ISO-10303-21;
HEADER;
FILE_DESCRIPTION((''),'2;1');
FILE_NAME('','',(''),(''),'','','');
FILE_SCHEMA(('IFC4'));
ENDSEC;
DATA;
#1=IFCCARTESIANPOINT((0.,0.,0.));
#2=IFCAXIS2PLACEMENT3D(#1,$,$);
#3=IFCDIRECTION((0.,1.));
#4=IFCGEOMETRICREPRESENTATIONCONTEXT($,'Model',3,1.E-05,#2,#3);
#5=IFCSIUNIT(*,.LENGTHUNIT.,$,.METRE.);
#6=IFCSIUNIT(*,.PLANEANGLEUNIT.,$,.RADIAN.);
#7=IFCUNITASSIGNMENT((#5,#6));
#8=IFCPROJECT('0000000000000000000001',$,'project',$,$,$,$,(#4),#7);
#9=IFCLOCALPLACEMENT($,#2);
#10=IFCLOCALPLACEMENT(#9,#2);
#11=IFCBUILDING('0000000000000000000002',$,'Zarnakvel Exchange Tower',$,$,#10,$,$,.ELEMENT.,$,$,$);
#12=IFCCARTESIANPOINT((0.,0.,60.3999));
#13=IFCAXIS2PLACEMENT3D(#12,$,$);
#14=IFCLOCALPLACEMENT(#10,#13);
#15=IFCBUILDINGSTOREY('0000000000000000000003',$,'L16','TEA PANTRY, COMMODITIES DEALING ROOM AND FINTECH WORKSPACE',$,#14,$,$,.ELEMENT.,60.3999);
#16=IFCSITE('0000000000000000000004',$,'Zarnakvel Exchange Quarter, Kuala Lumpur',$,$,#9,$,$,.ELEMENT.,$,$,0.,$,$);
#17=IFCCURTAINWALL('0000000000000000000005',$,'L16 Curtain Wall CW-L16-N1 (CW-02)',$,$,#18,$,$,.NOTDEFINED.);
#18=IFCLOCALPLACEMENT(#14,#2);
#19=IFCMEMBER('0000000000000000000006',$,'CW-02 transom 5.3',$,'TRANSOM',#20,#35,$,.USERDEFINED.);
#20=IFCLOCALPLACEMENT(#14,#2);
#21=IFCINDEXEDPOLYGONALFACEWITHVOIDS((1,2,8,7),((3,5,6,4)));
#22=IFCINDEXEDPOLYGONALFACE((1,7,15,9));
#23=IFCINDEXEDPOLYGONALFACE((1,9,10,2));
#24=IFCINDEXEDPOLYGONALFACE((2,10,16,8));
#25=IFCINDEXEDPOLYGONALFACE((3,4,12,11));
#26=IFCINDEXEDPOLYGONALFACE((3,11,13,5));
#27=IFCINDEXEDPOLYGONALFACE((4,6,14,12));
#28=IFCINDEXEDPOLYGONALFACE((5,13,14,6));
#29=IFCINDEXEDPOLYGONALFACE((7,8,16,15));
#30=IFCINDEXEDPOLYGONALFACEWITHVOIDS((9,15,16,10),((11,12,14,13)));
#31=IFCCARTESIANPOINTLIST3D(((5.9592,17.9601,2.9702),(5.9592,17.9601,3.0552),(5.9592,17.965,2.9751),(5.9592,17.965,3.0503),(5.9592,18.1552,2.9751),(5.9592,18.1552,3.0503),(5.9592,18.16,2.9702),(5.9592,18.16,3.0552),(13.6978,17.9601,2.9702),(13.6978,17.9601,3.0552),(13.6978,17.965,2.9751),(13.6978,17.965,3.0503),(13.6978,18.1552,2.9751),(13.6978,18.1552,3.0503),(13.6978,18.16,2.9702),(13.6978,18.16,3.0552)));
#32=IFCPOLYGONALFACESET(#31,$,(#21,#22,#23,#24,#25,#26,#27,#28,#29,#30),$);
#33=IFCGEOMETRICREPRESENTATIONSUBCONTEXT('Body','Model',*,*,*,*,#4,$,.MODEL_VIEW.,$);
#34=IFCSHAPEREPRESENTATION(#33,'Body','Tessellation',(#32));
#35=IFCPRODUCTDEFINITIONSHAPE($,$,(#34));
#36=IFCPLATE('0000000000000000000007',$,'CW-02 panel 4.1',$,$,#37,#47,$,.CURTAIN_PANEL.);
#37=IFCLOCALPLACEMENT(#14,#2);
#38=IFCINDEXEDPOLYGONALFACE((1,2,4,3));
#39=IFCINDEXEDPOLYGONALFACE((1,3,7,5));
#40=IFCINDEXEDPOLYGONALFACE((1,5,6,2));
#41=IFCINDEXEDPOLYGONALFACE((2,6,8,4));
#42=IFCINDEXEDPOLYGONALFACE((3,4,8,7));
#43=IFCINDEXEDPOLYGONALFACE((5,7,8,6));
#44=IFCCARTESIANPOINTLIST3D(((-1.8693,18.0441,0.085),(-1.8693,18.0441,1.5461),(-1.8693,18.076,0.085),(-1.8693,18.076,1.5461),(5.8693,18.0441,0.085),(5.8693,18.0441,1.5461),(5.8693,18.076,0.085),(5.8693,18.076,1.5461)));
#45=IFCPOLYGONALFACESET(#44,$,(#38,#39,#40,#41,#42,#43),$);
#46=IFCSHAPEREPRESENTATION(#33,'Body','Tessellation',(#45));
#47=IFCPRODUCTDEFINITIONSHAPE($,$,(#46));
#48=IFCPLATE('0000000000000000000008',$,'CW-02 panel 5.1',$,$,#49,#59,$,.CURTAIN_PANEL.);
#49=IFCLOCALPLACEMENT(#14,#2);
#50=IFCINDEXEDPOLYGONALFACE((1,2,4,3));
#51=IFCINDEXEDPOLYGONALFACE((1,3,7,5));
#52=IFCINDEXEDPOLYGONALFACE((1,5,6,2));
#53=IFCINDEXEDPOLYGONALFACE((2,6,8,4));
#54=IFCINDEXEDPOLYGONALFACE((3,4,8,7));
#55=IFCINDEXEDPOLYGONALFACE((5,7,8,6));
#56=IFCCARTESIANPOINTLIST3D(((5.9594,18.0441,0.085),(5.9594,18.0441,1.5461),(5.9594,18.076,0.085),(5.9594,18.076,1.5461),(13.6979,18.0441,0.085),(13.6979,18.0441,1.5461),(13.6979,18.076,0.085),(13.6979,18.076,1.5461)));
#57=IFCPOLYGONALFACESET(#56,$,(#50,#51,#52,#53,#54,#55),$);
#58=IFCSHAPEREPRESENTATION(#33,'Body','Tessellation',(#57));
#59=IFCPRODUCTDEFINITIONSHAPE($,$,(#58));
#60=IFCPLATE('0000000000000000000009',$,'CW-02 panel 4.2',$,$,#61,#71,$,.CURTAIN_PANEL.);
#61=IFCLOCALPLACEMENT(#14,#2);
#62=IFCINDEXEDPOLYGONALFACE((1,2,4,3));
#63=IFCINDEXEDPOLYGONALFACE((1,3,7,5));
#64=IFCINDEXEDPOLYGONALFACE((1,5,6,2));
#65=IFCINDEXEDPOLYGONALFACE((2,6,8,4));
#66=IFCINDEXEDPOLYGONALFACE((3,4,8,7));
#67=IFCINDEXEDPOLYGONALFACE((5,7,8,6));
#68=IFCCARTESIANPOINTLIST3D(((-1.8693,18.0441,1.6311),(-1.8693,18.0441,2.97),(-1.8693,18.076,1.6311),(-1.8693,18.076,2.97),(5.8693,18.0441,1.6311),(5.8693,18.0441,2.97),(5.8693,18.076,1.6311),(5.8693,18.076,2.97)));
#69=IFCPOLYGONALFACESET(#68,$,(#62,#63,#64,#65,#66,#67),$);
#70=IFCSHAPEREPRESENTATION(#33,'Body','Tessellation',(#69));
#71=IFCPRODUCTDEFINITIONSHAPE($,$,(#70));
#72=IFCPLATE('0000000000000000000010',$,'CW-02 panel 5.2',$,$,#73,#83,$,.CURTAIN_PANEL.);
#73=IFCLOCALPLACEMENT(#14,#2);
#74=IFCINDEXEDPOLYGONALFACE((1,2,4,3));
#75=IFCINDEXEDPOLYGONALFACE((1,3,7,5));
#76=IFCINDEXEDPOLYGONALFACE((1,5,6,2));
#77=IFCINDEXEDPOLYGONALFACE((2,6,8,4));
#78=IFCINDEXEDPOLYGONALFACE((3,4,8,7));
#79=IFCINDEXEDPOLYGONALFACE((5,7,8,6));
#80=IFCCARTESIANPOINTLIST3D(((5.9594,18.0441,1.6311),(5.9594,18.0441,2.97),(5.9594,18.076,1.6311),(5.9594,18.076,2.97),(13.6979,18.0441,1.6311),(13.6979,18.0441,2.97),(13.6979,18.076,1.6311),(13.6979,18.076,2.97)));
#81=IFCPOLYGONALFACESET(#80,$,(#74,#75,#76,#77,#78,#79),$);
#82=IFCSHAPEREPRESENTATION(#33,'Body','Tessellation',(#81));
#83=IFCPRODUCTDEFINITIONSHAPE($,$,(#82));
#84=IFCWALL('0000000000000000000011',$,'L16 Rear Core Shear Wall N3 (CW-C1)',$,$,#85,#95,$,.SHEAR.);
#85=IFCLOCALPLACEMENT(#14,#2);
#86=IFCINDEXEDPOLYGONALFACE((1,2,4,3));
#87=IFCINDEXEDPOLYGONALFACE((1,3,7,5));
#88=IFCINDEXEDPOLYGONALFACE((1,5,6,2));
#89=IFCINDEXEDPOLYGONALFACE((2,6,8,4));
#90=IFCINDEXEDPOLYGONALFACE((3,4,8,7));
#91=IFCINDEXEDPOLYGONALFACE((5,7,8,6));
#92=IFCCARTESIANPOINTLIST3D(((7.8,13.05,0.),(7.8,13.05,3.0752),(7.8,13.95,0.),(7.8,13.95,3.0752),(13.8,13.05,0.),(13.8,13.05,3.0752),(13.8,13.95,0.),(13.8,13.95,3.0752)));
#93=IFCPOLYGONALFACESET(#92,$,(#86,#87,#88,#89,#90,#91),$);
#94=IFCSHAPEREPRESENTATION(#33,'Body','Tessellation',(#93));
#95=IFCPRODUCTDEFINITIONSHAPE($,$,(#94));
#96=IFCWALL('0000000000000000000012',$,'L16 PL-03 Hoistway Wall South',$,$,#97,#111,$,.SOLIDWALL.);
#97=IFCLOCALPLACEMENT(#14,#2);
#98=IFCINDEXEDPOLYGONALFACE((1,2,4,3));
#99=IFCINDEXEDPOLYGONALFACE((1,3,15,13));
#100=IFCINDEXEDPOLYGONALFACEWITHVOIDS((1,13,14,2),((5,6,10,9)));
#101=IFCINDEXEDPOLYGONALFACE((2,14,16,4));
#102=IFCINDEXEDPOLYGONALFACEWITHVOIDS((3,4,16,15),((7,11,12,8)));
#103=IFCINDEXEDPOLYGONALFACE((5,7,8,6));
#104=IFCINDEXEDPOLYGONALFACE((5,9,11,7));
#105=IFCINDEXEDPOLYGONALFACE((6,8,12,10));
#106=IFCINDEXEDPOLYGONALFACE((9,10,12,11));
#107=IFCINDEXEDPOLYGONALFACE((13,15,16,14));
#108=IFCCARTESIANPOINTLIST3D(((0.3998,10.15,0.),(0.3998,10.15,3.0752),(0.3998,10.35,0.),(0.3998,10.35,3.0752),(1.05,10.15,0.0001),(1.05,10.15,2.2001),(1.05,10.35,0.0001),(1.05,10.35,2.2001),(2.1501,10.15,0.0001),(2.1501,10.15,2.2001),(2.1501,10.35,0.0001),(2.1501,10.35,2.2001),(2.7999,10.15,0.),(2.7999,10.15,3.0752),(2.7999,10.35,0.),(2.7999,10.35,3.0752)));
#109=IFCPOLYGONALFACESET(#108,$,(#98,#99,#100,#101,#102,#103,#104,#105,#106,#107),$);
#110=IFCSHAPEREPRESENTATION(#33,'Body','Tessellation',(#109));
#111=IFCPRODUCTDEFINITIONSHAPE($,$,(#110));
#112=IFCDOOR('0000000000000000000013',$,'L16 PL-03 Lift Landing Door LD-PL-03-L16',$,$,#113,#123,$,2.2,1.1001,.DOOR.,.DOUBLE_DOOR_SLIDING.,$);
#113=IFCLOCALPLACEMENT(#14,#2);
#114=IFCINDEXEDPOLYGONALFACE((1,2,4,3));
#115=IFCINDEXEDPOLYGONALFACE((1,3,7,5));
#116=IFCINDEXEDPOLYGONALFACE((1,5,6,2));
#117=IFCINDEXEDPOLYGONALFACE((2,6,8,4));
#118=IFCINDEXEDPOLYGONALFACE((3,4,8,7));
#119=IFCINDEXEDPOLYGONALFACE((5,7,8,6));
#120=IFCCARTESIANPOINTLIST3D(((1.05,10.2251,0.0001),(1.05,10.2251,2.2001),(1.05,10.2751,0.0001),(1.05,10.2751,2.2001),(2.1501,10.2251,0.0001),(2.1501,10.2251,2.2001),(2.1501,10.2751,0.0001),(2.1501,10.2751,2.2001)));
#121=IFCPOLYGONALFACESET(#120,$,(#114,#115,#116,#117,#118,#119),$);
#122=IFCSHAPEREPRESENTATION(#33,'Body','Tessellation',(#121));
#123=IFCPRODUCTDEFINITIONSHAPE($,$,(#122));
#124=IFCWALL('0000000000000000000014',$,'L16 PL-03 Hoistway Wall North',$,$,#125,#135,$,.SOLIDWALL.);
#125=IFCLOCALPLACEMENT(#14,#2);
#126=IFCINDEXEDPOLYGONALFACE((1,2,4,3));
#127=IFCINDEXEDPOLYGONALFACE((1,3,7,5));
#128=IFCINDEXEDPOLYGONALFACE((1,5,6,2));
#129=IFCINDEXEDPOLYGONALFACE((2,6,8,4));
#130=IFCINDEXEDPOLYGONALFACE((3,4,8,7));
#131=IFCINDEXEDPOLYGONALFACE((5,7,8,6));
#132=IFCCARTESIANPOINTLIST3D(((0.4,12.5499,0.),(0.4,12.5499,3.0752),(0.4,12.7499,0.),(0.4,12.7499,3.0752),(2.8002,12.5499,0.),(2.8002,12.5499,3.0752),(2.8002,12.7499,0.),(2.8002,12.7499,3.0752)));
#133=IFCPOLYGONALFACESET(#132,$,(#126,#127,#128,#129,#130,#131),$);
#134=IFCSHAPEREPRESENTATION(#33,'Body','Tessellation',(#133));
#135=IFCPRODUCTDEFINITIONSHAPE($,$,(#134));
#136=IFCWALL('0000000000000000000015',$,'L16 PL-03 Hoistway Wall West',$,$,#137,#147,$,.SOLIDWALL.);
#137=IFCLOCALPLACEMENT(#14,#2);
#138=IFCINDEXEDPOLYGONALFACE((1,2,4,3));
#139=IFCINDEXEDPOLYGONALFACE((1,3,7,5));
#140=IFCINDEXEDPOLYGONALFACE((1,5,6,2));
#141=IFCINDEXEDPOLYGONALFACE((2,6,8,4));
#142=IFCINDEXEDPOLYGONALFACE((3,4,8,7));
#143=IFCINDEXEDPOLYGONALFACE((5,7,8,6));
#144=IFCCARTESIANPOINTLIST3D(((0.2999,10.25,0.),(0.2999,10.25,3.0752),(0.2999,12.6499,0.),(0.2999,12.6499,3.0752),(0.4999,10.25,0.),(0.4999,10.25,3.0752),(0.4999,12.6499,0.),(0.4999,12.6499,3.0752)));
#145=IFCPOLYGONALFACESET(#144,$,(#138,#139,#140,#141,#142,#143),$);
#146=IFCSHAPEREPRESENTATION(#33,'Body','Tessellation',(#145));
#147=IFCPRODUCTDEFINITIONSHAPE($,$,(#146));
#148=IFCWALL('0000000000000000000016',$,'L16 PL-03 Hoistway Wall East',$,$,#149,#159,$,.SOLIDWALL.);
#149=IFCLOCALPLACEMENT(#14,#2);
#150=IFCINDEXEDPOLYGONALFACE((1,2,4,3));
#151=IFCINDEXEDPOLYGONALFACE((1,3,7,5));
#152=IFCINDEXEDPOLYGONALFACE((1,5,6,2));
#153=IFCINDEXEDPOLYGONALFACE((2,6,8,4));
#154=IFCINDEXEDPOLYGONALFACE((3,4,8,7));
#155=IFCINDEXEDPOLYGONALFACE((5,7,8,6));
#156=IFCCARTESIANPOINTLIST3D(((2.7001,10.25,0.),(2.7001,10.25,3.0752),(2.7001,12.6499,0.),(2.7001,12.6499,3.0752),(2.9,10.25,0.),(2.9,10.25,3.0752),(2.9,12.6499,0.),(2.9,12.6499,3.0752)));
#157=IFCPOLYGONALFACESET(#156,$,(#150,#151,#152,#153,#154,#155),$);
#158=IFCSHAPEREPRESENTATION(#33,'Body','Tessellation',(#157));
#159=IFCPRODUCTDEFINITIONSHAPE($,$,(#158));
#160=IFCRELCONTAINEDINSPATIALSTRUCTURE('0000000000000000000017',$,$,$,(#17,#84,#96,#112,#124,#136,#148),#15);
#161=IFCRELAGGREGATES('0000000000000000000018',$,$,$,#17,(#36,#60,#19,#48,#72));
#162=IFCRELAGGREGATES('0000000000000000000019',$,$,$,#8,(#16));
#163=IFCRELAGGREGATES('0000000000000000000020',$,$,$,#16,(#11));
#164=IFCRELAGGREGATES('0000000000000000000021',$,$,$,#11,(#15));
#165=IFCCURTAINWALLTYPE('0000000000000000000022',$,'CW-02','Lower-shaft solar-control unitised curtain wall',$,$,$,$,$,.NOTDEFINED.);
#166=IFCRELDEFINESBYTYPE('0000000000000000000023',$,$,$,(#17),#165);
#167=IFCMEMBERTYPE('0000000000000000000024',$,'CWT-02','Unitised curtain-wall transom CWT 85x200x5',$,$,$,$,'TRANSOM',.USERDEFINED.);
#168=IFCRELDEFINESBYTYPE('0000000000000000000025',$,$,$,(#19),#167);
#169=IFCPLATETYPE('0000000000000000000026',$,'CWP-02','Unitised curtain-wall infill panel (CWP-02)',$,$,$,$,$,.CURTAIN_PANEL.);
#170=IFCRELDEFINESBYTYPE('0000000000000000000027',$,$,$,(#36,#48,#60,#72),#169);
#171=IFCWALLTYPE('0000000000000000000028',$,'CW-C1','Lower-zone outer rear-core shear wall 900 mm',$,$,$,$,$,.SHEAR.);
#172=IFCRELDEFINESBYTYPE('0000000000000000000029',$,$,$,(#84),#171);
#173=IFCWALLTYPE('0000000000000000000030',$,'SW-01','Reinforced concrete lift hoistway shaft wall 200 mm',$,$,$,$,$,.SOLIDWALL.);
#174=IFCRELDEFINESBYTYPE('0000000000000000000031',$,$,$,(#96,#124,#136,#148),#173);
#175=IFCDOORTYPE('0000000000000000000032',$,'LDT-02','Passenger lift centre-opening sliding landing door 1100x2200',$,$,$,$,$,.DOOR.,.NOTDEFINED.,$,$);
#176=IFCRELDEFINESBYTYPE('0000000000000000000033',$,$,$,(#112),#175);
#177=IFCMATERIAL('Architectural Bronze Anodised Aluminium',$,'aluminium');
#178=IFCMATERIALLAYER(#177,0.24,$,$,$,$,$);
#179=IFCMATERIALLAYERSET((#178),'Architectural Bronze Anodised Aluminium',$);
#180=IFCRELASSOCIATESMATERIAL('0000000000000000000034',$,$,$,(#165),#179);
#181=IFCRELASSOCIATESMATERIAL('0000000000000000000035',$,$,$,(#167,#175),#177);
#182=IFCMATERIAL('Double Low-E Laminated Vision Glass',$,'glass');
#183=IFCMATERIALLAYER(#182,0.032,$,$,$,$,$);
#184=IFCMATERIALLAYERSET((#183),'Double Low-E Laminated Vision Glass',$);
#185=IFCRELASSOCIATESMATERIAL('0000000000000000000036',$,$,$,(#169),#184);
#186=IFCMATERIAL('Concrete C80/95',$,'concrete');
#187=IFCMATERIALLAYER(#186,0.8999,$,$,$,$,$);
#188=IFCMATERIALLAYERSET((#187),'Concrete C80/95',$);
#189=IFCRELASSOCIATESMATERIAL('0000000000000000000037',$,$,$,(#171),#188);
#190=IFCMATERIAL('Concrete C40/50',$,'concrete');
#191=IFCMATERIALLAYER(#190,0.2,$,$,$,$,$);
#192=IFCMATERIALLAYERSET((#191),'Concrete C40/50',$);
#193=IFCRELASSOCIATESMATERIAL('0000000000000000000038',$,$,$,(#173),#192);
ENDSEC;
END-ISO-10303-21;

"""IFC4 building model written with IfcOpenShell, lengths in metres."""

from ifc_helpers import new_model, si_unit, direction, frame, frame_2d, origin, origin_2d, place, context, subcontext, project, spatial, rectangle, hollow_rectangle, extrude, source, transform, mapped, material, layer, layer_set, material_profile, profile_set, type_object, element, fill, aggregate, save


model = new_model("IFC4")

# Units and contexts
model_context = context("Model", 3, precision=1e-05, world=origin(), true_north=direction((0.0, 1.0)))
body_context = subcontext(model_context, "Body", "Model", "MODEL_VIEW")
ifc_project = project(units=[si_unit("LENGTHUNIT", "METRE"), si_unit("PLANEANGLEUNIT", "RADIAN")], contexts=[model_context])

# Site, building, storey
site_placement = place(None, origin())
site = spatial("IfcSite", under=ifc_project, at=site_placement, Name="Zarnakvel Exchange Quarter, Kuala Lumpur", CompositionType="ELEMENT", RefElevation=0.0)
building_placement = place(site_placement, origin())
building = spatial("IfcBuilding", under=site, at=building_placement, Name="Zarnakvel Exchange Tower", CompositionType="ELEMENT")
storey_placement = place(building_placement, frame((0.0, 0.0, 60.3999)))
storey = spatial("IfcBuildingStorey", under=building, at=storey_placement, Name="L16", Description="TEA PANTRY, COMMODITIES DEALING ROOM AND FINTECH WORKSPACE", CompositionType="ELEMENT", Elevation=60.3999)

# Shared definitions
ifc_material_1 = material(Name="Concrete C80/95", Category="concrete")

# Curtain wall, member, plates
ifc_material_2 = material(Name="Architectural Bronze Anodised Aluminium", Category="aluminium")
ifc_layer_1 = layer(ifc_material_2, 0.24)
ifc_layer_set_1 = layer_set([ifc_layer_1], Name="Architectural Bronze Anodised Aluminium")
curtain_wall_type = type_object("IfcCurtainWallType", Name="CW-02", Description="Lower-shaft solar-control unitised curtain wall", PredefinedType="NOTDEFINED", material=ifc_layer_set_1)
curtain_wall_placement = place(storey_placement, origin())
curtain_wall = element("IfcCurtainWall", 1, at=curtain_wall_placement, inside=storey, type_object=curtain_wall_type, Name="L16 Curtain Wall CW-L16-N1 (CW-02)", PredefinedType="NOTDEFINED")
ifc_material_profile_1 = material_profile(ifc_material_2, hollow_rectangle(XDim=0.2, YDim=0.085, WallThickness=0.0049, at=origin_2d()))
ifc_profile_set_1 = profile_set([ifc_material_profile_1], Name="Architectural Bronze Anodised Aluminium")
member_type_1 = type_object("IfcMemberType", Name="CWT-02", Description="Unitised curtain-wall transom CWT 85x200x5", ElementType="TRANSOM", PredefinedType="USERDEFINED", material=ifc_profile_set_1)
shared_shape_1 = source(origin(), body_context, "Body", "SweptSolid", [
    extrude(hollow_rectangle(XDim=0.2, YDim=0.085, WallThickness=0.0049, at=origin_2d()), origin(), (0.0, 0.0, 1.0), 7.7385),
])
member_1_placement = place(storey_placement, frame((5.9592, 18.0601, 3.0127), z_axis=(1.0, 0.0, 0.0), x_axis=(0.0, 1.0, 0.0)))
member_1 = element("IfcMember", 2, at=member_1_placement, type_object=member_type_1, Name="CW-02 transom 5.3", ObjectType="TRANSOM", PredefinedType="USERDEFINED", context=body_context, shape_type="MappedRepresentation", body=[
    mapped(shared_shape_1, transform((0.0, 0.0, 0.0), x_axis=(1.0, 0.0, 0.0), y_axis=(0.0, 1.0, 0.0), z_axis=(0.0, 0.0, 1.0), scale=1.0)),
])
ifc_material_3 = material(Name="Double Low-E Laminated Vision Glass", Category="glass")
ifc_layer_2 = layer(ifc_material_3, 0.032)
ifc_layer_set_2 = layer_set([ifc_layer_2], Name="Double Low-E Laminated Vision Glass")
plate_type = type_object("IfcPlateType", Name="CWP-02", Description="Unitised curtain-wall infill panel (CWP-02)", PredefinedType="CURTAIN_PANEL", material=ifc_layer_set_2)
shared_shape_2 = source(origin(), body_context, "Body", "SweptSolid", [
    extrude(rectangle(XDim=7.7385, YDim=0.032, at=origin_2d()), origin(), (0.0, 0.0, 1.0), 1.4612),
])
plate_1_placement = place(storey_placement, frame((2.0, 18.0601, 0.085), z_axis=(0.0, 0.0, 1.0), x_axis=(1.0, 0.0, 0.0)))
plate_1 = element("IfcPlate", 3, at=plate_1_placement, type_object=plate_type, Name="CW-02 panel 4.1", PredefinedType="CURTAIN_PANEL", context=body_context, shape_type="MappedRepresentation", body=[
    mapped(shared_shape_2, transform((0.0, 0.0, 0.0), x_axis=(1.0, 0.0, 0.0), y_axis=(0.0, 1.0, 0.0), z_axis=(0.0, 0.0, 1.0), scale=1.0)),
])
plate_2_placement = place(storey_placement, frame((9.8286, 18.0601, 0.085), z_axis=(0.0, 0.0, 1.0), x_axis=(1.0, 0.0, 0.0)))
plate_2 = element("IfcPlate", 4, at=plate_2_placement, type_object=plate_type, Name="CW-02 panel 5.1", PredefinedType="CURTAIN_PANEL", context=body_context, shape_type="MappedRepresentation", body=[
    mapped(shared_shape_2, transform((0.0, 0.0, 0.0), x_axis=(1.0, 0.0, 0.0), y_axis=(0.0, 1.0, 0.0), z_axis=(0.0, 0.0, 1.0), scale=1.0)),
])
shared_shape_3 = source(origin(), body_context, "Body", "SweptSolid", [
    extrude(rectangle(XDim=7.7385, YDim=0.032, at=origin_2d()), origin(), (0.0, 0.0, 1.0), 1.3389),
])
plate_3_placement = place(storey_placement, frame((2.0, 18.0601, 1.6311), z_axis=(0.0, 0.0, 1.0), x_axis=(1.0, 0.0, 0.0)))
plate_3 = element("IfcPlate", 5, at=plate_3_placement, type_object=plate_type, Name="CW-02 panel 4.2", PredefinedType="CURTAIN_PANEL", context=body_context, shape_type="MappedRepresentation", body=[
    mapped(shared_shape_3, transform((0.0, 0.0, 0.0), x_axis=(1.0, 0.0, 0.0), y_axis=(0.0, 1.0, 0.0), z_axis=(0.0, 0.0, 1.0), scale=1.0)),
])
plate_4_placement = place(storey_placement, frame((9.8286, 18.0601, 1.6311), z_axis=(0.0, 0.0, 1.0), x_axis=(1.0, 0.0, 0.0)))
plate_4 = element("IfcPlate", 6, at=plate_4_placement, type_object=plate_type, Name="CW-02 panel 5.2", PredefinedType="CURTAIN_PANEL", context=body_context, shape_type="MappedRepresentation", body=[
    mapped(shared_shape_3, transform((0.0, 0.0, 0.0), x_axis=(1.0, 0.0, 0.0), y_axis=(0.0, 1.0, 0.0), z_axis=(0.0, 0.0, 1.0), scale=1.0)),
])
aggregate(curtain_wall, [plate_1, plate_3, member_1, plate_2, plate_4])

# Wall
ifc_layer_3 = layer(ifc_material_1, 0.8999)
ifc_layer_set_3 = layer_set([ifc_layer_3], Name="Concrete C80/95")
wall_type_1 = type_object("IfcWallType", Name="CW-C1", Description="Lower-zone outer rear-core shear wall 900 mm", PredefinedType="SHEAR", material=ifc_layer_set_3)
wall_1_placement = place(storey_placement, frame((7.8, 13.5, 0.0), z_axis=(0.0, 0.0, 1.0), x_axis=(1.0, 0.0, 0.0)))
element("IfcWall", 7, at=wall_1_placement, inside=storey, type_object=wall_type_1, Name="L16 Rear Core Shear Wall N3 (CW-C1)", PredefinedType="SHEAR", context=body_context, shape_type="SweptSolid", body=[
    extrude(rectangle(XDim=6.0, YDim=0.8999, at=frame_2d((3.0, 0.0))), origin(), (0.0, 0.0, 1.0), 3.0752),
])

# Wall, opening, door
ifc_material_4 = material(Name="Concrete C40/50", Category="concrete")
ifc_layer_4 = layer(ifc_material_4, 0.2)
ifc_layer_set_4 = layer_set([ifc_layer_4], Name="Concrete C40/50")
wall_type_2 = type_object("IfcWallType", Name="SW-01", Description="Reinforced concrete lift hoistway shaft wall 200 mm", PredefinedType="SOLIDWALL", material=ifc_layer_set_4)
wall_2_placement = place(storey_placement, frame((2.8, 10.25, 0.0), z_axis=(0.0, 0.0, 1.0), x_axis=(-1.0, 0.0, 0.0)))
wall_2 = element("IfcWall", 8, at=wall_2_placement, inside=storey, type_object=wall_type_2, Name="L16 PL-03 Hoistway Wall South", PredefinedType="SOLIDWALL", context=body_context, shape_type="SweptSolid", body=[
    extrude(rectangle(XDim=2.4001, YDim=0.2, at=frame_2d((1.2002, 0.0))), origin(), (0.0, 0.0, 1.0), 3.0752),
])
opening_1_placement = place(wall_2_placement, frame((0.6499, 0.0, 0.0)))
opening_1 = element("IfcOpeningElement", 9, at=opening_1_placement, cuts=wall_2, PredefinedType="OPENING", context=body_context, shape_type="SweptSolid", body=[
    extrude(rectangle(XDim=1.1001, YDim=2.2, at=frame_2d((0.55, 1.1001))), frame((0.0, 0.1099, 0.0), z_axis=(0.0, -1.0, 0.0), x_axis=(1.0, 0.0, 0.0)), (0.0, 0.0, 1.0), 0.22),
])
door_type = type_object("IfcDoorType", Name="LDT-02", Description="Passenger lift centre-opening sliding landing door 1100x2200", OperationType="NOTDEFINED", PredefinedType="DOOR", material=ifc_material_2)
shared_shape_4 = source(origin(), body_context, "Body", "SweptSolid", [
    extrude(rectangle(XDim=1.1001, YDim=2.2, at=frame_2d((0.55, 1.1001))), frame((0.0, 0.0249, 0.0), z_axis=(0.0, -1.0, 0.0), x_axis=(1.0, 0.0, 0.0)), (0.0, 0.0, 1.0), 0.05),
])
door_1_placement = place(opening_1_placement, origin())
door_1 = element("IfcDoor", 10, at=door_1_placement, inside=storey, type_object=door_type, Name="L16 PL-03 Lift Landing Door LD-PL-03-L16", OperationType="DOUBLE_DOOR_SLIDING", OverallHeight=2.2, OverallWidth=1.1001, PredefinedType="DOOR", context=body_context, shape_type="MappedRepresentation", body=[
    mapped(shared_shape_4, transform((0.0, 0.0, 0.0), x_axis=(1.0, 0.0, 0.0), y_axis=(0.0, 1.0, 0.0), z_axis=(0.0, 0.0, 1.0), scale=1.0)),
])
fill(opening_1, door_1)

# Walls
wall_3_placement = place(storey_placement, frame((0.3999, 12.6499, 0.0), z_axis=(0.0, 0.0, 1.0), x_axis=(1.0, 0.0, 0.0)))
element("IfcWall", 11, at=wall_3_placement, inside=storey, type_object=wall_type_2, Name="L16 PL-03 Hoistway Wall North", PredefinedType="SOLIDWALL", context=body_context, shape_type="SweptSolid", body=[
    extrude(rectangle(XDim=2.4001, YDim=0.2, at=frame_2d((1.2002, 0.0))), origin(), (0.0, 0.0, 1.0), 3.0752),
])
for number, where, z_axis, x_axis, name in (
    (12, (0.3999, 10.25, 0.0), (0.0, 0.0, 1.0), (0.0, 1.0, 0.0), "L16 PL-03 Hoistway Wall West"),
    (13, (2.8, 12.6499, 0.0), (0.0, 0.0, 1.0), (0.0, -1.0, 0.0), "L16 PL-03 Hoistway Wall East"),
):
    element("IfcWall", number, at=place(storey_placement, frame(where, z_axis=z_axis, x_axis=x_axis)), inside=storey, type_object=wall_type_2, Name=name, PredefinedType="SOLIDWALL", context=body_context, shape_type="SweptSolid", body=[
        extrude(rectangle(XDim=2.3999, YDim=0.2, at=frame_2d((1.2, 0.0))), origin(), (0.0, 0.0, 1.0), 3.0752),
    ])

save(model, "model.ifc")
